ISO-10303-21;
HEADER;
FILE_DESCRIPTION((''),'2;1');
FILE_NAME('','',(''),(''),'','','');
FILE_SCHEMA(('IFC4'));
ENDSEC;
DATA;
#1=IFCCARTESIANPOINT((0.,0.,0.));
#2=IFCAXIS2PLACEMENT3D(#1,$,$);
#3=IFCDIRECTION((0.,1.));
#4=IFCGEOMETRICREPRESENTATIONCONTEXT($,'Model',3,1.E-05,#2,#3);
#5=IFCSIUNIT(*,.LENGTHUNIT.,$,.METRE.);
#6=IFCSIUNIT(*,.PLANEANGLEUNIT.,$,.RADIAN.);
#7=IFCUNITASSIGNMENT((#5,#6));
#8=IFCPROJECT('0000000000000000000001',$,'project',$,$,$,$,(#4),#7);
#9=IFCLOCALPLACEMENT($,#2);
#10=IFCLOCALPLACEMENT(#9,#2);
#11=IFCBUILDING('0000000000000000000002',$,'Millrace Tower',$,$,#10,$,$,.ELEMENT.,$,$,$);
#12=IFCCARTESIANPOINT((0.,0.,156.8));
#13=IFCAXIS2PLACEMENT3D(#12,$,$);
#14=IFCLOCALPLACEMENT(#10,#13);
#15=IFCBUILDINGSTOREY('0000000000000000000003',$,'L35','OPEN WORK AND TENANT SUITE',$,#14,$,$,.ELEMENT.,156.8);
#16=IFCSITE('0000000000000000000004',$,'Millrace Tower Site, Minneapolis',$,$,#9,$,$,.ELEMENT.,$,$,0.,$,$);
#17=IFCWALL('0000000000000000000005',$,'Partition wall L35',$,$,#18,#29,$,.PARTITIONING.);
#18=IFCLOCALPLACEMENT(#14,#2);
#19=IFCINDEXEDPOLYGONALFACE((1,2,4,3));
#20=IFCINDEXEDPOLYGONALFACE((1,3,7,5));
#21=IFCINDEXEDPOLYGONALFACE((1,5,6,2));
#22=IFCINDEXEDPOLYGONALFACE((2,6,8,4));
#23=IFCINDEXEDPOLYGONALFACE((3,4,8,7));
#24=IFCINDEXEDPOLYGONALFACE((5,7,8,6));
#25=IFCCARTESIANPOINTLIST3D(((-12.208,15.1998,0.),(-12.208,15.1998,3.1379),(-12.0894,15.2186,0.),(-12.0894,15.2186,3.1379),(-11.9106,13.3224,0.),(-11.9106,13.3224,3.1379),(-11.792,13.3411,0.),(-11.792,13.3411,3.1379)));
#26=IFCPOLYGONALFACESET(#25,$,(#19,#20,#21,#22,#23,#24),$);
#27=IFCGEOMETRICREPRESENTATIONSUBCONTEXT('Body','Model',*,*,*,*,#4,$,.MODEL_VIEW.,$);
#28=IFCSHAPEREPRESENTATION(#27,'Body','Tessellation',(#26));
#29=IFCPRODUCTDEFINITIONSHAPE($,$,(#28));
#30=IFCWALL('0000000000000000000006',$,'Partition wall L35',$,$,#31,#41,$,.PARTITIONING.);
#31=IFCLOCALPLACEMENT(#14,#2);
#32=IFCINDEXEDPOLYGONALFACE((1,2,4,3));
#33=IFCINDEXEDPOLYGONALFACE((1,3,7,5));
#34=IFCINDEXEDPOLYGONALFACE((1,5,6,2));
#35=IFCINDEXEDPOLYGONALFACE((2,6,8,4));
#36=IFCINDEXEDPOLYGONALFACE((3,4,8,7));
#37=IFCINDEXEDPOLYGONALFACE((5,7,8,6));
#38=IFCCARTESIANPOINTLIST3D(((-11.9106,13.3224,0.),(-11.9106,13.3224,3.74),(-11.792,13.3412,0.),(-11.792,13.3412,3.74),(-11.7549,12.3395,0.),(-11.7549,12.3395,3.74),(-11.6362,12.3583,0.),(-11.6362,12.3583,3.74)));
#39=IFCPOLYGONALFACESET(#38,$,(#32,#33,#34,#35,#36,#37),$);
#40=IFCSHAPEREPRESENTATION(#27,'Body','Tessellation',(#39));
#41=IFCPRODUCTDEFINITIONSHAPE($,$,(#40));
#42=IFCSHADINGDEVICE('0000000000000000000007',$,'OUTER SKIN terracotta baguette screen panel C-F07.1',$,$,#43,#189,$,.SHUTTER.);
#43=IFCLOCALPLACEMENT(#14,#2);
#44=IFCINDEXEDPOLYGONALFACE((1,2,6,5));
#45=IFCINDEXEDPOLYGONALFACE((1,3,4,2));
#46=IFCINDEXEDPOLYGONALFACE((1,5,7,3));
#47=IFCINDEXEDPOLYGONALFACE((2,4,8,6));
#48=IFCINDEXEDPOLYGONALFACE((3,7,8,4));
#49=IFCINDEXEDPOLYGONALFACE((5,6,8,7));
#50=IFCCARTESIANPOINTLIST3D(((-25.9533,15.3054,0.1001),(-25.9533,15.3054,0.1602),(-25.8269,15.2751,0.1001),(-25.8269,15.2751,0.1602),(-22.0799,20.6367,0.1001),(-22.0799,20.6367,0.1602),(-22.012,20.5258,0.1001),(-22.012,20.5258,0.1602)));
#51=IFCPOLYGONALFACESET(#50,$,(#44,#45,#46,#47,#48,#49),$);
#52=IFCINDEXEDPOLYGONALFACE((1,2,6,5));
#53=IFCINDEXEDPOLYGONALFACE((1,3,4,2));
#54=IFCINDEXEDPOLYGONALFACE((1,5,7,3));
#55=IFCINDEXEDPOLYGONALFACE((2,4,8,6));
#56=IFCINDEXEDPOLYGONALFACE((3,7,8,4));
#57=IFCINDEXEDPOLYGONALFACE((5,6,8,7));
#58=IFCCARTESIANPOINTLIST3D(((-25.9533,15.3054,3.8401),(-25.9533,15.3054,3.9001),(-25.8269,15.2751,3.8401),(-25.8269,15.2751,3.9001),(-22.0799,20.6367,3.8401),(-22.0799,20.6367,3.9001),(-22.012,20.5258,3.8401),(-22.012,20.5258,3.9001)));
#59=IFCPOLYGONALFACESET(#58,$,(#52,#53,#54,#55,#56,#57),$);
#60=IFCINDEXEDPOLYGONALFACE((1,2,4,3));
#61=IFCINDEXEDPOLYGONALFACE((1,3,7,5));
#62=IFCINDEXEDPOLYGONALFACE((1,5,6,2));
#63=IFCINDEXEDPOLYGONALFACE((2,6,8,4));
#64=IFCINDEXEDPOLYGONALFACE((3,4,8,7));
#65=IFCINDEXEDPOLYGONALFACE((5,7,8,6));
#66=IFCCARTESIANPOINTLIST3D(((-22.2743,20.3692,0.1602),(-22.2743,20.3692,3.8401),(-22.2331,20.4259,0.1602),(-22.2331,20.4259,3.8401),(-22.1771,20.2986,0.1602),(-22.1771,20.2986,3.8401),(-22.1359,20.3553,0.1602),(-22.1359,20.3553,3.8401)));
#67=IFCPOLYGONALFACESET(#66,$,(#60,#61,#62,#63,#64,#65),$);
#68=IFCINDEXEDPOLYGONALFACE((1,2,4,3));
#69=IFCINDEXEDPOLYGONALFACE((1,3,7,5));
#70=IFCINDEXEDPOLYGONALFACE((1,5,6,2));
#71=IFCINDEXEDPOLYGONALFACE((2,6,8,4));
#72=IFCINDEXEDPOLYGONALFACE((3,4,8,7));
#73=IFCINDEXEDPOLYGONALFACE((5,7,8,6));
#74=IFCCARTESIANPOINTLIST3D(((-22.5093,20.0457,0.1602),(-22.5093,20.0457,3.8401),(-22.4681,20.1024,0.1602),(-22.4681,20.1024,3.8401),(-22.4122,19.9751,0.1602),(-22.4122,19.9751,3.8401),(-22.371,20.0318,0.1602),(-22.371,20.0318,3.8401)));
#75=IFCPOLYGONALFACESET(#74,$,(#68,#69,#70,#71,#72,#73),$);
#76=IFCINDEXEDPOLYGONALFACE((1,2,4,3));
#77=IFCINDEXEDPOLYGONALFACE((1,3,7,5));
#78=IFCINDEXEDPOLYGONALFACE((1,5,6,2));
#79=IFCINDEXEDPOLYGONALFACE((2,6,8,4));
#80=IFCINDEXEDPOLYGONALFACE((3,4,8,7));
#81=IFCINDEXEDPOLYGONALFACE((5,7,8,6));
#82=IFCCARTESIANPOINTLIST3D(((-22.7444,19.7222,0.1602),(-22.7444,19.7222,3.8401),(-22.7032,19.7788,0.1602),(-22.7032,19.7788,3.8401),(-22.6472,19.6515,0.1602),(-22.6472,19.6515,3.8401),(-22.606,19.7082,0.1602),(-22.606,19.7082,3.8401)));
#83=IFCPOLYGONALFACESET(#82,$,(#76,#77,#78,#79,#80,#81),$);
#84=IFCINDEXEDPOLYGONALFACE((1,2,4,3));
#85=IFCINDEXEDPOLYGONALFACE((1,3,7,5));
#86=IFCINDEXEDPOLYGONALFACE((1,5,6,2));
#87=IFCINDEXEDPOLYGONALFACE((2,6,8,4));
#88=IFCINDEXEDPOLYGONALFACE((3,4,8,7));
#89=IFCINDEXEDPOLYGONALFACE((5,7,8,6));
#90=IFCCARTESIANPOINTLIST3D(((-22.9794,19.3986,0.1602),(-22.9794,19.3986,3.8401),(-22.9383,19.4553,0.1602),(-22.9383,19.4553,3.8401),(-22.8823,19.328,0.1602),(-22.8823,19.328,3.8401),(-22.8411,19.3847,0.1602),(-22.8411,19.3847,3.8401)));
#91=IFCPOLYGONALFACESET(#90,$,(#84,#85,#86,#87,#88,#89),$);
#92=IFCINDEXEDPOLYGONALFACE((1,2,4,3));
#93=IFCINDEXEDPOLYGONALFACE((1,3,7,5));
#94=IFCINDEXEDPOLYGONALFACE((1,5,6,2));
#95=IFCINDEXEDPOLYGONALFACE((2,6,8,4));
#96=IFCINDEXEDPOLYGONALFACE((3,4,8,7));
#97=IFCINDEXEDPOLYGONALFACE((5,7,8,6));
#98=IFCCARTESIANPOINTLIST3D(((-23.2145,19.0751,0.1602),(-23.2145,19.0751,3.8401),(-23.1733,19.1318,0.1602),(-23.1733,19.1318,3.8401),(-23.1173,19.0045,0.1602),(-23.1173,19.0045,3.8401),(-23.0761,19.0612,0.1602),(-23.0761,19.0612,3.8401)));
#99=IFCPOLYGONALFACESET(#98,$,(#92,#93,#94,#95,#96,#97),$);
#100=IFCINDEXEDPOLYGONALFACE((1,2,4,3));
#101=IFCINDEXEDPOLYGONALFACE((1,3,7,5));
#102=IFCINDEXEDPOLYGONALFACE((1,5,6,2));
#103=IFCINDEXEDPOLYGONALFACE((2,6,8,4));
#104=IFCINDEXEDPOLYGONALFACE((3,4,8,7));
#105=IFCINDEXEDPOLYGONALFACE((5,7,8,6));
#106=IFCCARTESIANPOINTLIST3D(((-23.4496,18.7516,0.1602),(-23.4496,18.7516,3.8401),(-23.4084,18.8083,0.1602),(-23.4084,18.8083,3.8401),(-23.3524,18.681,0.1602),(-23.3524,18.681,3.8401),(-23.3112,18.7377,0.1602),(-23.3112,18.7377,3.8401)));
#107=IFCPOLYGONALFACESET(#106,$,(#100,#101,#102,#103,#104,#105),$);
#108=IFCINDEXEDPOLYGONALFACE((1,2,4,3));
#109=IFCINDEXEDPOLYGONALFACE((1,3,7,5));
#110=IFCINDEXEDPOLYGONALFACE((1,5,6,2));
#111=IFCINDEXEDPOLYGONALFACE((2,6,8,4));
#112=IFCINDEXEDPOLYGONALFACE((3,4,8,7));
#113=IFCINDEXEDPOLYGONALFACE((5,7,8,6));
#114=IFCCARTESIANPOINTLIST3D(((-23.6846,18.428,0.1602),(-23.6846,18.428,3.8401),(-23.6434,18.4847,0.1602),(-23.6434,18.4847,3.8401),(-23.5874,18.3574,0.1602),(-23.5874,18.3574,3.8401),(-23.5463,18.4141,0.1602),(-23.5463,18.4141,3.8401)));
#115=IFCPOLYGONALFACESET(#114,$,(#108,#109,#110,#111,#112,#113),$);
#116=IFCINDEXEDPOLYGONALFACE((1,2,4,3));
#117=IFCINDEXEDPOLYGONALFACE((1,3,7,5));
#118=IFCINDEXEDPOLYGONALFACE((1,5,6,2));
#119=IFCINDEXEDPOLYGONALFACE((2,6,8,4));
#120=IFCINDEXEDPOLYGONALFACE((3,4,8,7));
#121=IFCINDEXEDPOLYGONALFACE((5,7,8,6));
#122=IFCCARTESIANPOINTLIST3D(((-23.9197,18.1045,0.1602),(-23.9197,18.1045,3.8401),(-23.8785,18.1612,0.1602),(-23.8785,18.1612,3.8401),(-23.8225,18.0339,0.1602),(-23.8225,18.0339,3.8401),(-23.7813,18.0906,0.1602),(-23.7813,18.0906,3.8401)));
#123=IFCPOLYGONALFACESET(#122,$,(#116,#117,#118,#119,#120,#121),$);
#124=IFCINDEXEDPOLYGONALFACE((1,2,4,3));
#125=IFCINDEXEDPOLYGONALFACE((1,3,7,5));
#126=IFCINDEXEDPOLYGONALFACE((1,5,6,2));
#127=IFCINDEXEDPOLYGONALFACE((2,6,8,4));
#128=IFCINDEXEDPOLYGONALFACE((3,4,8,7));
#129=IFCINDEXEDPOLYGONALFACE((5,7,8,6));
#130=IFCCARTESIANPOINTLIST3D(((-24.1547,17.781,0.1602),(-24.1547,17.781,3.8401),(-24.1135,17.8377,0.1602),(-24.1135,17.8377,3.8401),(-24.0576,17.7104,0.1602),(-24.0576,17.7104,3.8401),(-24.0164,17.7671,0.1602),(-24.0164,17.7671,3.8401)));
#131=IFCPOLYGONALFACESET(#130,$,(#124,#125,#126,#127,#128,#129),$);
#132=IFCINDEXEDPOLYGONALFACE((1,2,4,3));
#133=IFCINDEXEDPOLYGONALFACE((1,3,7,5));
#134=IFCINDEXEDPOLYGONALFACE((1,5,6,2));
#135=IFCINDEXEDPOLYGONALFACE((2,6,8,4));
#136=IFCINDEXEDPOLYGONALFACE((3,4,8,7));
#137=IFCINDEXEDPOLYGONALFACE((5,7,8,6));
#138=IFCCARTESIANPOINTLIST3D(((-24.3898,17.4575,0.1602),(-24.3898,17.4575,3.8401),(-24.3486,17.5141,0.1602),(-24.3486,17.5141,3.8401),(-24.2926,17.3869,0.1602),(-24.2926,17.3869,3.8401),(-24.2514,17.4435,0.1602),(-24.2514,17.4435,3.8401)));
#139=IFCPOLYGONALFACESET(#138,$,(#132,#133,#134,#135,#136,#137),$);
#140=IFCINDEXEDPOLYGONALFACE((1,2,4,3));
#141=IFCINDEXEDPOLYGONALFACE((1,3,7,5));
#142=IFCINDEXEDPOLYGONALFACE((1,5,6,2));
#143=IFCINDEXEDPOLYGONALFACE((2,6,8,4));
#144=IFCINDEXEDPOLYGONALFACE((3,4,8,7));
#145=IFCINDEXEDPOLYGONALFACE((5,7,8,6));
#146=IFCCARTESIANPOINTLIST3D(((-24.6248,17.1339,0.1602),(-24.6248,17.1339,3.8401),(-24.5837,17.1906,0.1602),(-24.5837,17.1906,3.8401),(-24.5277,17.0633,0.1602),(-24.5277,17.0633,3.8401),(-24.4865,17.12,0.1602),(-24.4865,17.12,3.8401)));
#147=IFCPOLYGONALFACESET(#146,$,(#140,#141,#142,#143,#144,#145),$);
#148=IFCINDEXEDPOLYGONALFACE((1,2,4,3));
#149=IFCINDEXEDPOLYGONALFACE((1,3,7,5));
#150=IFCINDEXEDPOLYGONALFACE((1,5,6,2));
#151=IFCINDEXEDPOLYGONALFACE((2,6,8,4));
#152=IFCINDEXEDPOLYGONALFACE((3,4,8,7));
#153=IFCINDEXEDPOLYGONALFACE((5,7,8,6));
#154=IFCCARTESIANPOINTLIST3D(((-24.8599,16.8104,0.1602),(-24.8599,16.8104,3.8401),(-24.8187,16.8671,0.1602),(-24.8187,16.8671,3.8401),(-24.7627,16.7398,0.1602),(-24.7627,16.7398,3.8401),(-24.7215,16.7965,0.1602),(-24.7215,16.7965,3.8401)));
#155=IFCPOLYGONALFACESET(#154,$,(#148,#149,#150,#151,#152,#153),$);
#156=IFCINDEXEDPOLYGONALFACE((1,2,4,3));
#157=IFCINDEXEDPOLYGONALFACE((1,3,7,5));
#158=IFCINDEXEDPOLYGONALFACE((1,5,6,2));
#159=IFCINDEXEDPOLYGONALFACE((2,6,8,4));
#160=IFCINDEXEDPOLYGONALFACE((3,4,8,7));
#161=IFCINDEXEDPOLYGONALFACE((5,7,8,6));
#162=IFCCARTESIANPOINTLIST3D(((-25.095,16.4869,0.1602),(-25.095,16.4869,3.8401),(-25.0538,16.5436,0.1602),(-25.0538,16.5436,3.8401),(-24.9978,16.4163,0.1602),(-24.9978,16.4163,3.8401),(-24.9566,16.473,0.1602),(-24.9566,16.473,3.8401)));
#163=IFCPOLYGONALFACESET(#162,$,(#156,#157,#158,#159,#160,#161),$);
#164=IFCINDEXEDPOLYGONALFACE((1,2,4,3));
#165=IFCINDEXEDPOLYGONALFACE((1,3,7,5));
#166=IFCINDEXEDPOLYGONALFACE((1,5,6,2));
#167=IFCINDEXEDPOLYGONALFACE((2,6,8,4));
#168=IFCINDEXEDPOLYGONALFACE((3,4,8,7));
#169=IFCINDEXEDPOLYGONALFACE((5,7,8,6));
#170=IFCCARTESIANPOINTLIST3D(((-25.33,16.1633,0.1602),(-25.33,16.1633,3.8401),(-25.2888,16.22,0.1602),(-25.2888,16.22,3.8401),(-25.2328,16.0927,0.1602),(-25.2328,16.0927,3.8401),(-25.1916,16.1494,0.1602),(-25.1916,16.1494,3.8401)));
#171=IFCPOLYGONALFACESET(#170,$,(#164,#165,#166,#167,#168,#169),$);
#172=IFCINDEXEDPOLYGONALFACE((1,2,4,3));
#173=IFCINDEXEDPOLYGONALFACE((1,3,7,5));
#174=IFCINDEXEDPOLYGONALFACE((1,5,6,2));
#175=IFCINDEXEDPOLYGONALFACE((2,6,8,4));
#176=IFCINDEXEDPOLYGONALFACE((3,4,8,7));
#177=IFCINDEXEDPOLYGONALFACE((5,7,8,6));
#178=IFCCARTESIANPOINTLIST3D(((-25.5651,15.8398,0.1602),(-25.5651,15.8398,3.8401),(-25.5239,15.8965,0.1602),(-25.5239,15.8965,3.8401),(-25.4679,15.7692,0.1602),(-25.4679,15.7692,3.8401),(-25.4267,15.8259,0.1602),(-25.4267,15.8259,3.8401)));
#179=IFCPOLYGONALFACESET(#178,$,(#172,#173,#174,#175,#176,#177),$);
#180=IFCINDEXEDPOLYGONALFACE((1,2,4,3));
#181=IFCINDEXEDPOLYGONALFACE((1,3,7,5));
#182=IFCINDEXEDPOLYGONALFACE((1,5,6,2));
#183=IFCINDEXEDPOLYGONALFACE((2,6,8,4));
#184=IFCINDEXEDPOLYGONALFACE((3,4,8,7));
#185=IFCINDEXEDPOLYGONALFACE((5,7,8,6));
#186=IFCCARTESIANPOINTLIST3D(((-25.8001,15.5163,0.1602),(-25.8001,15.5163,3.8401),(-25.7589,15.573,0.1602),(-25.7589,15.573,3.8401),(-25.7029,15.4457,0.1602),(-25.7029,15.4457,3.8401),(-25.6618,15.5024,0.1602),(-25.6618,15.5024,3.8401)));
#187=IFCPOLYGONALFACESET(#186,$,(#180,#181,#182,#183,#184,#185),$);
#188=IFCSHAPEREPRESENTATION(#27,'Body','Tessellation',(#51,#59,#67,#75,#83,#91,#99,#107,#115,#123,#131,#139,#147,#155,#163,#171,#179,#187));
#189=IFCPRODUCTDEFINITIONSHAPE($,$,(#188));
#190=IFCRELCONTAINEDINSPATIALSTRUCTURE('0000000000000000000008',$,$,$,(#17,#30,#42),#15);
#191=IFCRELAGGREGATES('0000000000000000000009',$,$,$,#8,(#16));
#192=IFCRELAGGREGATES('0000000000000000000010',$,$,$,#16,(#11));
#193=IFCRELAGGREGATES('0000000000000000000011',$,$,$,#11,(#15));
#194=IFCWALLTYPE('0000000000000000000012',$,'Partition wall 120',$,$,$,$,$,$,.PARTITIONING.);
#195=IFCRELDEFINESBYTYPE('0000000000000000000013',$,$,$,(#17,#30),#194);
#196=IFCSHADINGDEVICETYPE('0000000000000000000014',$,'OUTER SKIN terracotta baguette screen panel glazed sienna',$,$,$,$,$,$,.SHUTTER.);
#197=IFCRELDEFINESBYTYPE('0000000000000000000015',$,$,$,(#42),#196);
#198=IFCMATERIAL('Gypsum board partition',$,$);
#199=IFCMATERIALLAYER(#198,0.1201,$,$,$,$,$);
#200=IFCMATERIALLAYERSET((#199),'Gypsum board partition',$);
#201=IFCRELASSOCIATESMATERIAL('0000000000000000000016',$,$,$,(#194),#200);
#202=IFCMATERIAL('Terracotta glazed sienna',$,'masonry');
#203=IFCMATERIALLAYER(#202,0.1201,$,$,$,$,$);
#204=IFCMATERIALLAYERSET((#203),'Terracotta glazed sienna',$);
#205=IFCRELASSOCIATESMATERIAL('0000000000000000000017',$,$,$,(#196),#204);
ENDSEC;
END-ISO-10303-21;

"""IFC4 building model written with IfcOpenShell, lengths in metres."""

from ifc_helpers import new_model, entity, si_unit, direction, frame, frame_2d, origin, place, context, subcontext, project, spatial, rectangle, extrude, source, transform, mapped, material, layer, layer_set, type_object, element, save


model = new_model("IFC4")

# Units and contexts
model_context = context("Model", 3, precision=1e-05, world=origin(), true_north=direction((0.0, 1.0)))
body_context = subcontext(model_context, "Body", "Model", "MODEL_VIEW")
ifc_project = project(units=[si_unit("LENGTHUNIT", "METRE"), si_unit("PLANEANGLEUNIT", "RADIAN")], contexts=[model_context])

# Site, building, storey
site_placement = place(None, origin())
site = spatial("IfcSite", under=ifc_project, at=site_placement, Name="Millrace Tower Site, Minneapolis", CompositionType="ELEMENT", RefElevation=0.0)
building_placement = place(site_placement, origin())
building = spatial("IfcBuilding", under=site, at=building_placement, Name="Millrace Tower", CompositionType="ELEMENT")
storey_placement = place(building_placement, frame((0.0, 0.0, 156.8)))
storey = spatial("IfcBuildingStorey", under=building, at=storey_placement, Name="L35", Description="OPEN WORK AND TENANT SUITE", CompositionType="ELEMENT", Elevation=156.8)

# Walls
ifc_material_1 = material(Name="Gypsum board partition")
ifc_layer_1 = layer(ifc_material_1, 0.1201)
ifc_layer_set_1 = layer_set([ifc_layer_1], Name="Gypsum board partition")
wall_type_1 = type_object("IfcWallType", Name="Partition wall 120", PredefinedType="PARTITIONING", material=ifc_layer_set_1)
wall_1_placement = place(storey_placement, frame((-12.1487, 15.2092, 0.0), z_axis=(0.0, 0.0, 1.0), x_axis=(0.156437, -0.987688, 0.0)))
element("IfcWall", 1, at=wall_1_placement, inside=storey, type_object=wall_type_1, Name="Partition wall L35", PredefinedType="PARTITIONING", context=body_context, shape_type="SweptSolid", body=[
    extrude(rectangle(XDim=1.9009, YDim=0.1201, at=frame_2d((0.9504, 0.0))), origin(), (0.0, 0.0, 1.0), 3.1379),
])
wall_2_placement = place(storey_placement, frame((-11.8513, 13.3318, 0.0), z_axis=(0.0, 0.0, 1.0), x_axis=(0.156517, -0.987675, 0.0)))
element("IfcWall", 2, at=wall_2_placement, inside=storey, type_object=wall_type_1, Name="Partition wall L35", PredefinedType="PARTITIONING", context=body_context, shape_type="SweptSolid", body=[
    extrude(rectangle(XDim=0.9951, YDim=0.1201, at=frame_2d((0.4976, 0.0))), origin(), (0.0, 0.0, 1.0), 3.74),
])

# Shading device
ifc_material_2 = material(Name="Terracotta glazed sienna", Category="masonry")
ifc_layer_2 = layer(ifc_material_2, 0.1201)
ifc_layer_set_2 = layer_set([ifc_layer_2], Name="Terracotta glazed sienna")
shading_device_type = type_object("IfcShadingDeviceType", Name="OUTER SKIN terracotta baguette screen panel glazed sienna", PredefinedType="SHUTTER", material=ifc_layer_set_2)
cartesian_point_1 = entity("IfcCartesianPoint", [-3.2451, 0.0601])
shared_polyline_1 = entity("IfcPolyline", [cartesian_point_1, entity("IfcCartesianPoint", [3.2451, 0.0601]), entity("IfcCartesianPoint", [3.2949, -0.0601]), entity("IfcCartesianPoint", [-3.2949, -0.0601]), cartesian_point_1])
shared_shape_1 = source(origin(), body_context, "Body", "SweptSolid", [
    entity("IfcExtrudedAreaSolid", entity("IfcArbitraryClosedProfileDef", "AREA", None, shared_polyline_1), entity("IfcAxis2Placement3D", entity("IfcCartesianPoint", [0.0, 0.0, 0.0])), entity("IfcDirection", [0.0, 0.0, 1.0]), 0.0601),
    entity("IfcExtrudedAreaSolid", entity("IfcArbitraryClosedProfileDef", "AREA", None, shared_polyline_1), entity("IfcAxis2Placement3D", entity("IfcCartesianPoint", [0.0, 0.0, 3.74])), entity("IfcDirection", [0.0, 0.0, 1.0]), 0.0601),
    extrude(rectangle(XDim=0.0701, YDim=0.1201, at=frame_2d((-2.9993, 0.0))), frame((0.0, 0.0, 0.0601)), (0.0, 0.0, 1.0), 3.6799),
    extrude(rectangle(XDim=0.0701, YDim=0.1201, at=frame_2d((-2.5994, 0.0))), frame((0.0, 0.0, 0.0601)), (0.0, 0.0, 1.0), 3.6799),
    extrude(rectangle(XDim=0.0701, YDim=0.1201, at=frame_2d((-2.1995, 0.0))), frame((0.0, 0.0, 0.0601)), (0.0, 0.0, 1.0), 3.6799),
    extrude(rectangle(XDim=0.0701, YDim=0.1201, at=frame_2d((-1.7996, 0.0))), frame((0.0, 0.0, 0.0601)), (0.0, 0.0, 1.0), 3.6799),
    extrude(rectangle(XDim=0.0701, YDim=0.1201, at=frame_2d((-1.3997, 0.0))), frame((0.0, 0.0, 0.0601)), (0.0, 0.0, 1.0), 3.6799),
    extrude(rectangle(XDim=0.0701, YDim=0.1201, at=frame_2d((-0.9998, 0.0))), frame((0.0, 0.0, 0.0601)), (0.0, 0.0, 1.0), 3.6799),
    extrude(rectangle(XDim=0.0701, YDim=0.1201, at=frame_2d((-0.5999, 0.0))), frame((0.0, 0.0, 0.0601)), (0.0, 0.0, 1.0), 3.6799),
    extrude(rectangle(XDim=0.0701, YDim=0.1201, at=frame_2d((-0.2, 0.0))), frame((0.0, 0.0, 0.0601)), (0.0, 0.0, 1.0), 3.6799),
    extrude(rectangle(XDim=0.0701, YDim=0.1201, at=frame_2d((0.2, 0.0))), frame((0.0, 0.0, 0.0601)), (0.0, 0.0, 1.0), 3.6799),
    extrude(rectangle(XDim=0.0701, YDim=0.1201, at=frame_2d((0.5999, 0.0))), frame((0.0, 0.0, 0.0601)), (0.0, 0.0, 1.0), 3.6799),
    extrude(rectangle(XDim=0.0701, YDim=0.1201, at=frame_2d((0.9998, 0.0))), frame((0.0, 0.0, 0.0601)), (0.0, 0.0, 1.0), 3.6799),
    extrude(rectangle(XDim=0.0701, YDim=0.1201, at=frame_2d((1.3997, 0.0))), frame((0.0, 0.0, 0.0601)), (0.0, 0.0, 1.0), 3.6799),
    extrude(rectangle(XDim=0.0701, YDim=0.1201, at=frame_2d((1.7996, 0.0))), frame((0.0, 0.0, 0.0601)), (0.0, 0.0, 1.0), 3.6799),
    extrude(rectangle(XDim=0.0701, YDim=0.1201, at=frame_2d((2.1995, 0.0))), frame((0.0, 0.0, 0.0601)), (0.0, 0.0, 1.0), 3.6799),
    extrude(rectangle(XDim=0.0701, YDim=0.1201, at=frame_2d((2.5994, 0.0))), frame((0.0, 0.0, 0.0601)), (0.0, 0.0, 1.0), 3.6799),
    extrude(rectangle(XDim=0.0701, YDim=0.1201, at=frame_2d((2.9993, 0.0))), frame((0.0, 0.0, 0.0601)), (0.0, 0.0, 1.0), 3.6799),
])
shading_device_1_placement = place(storey_placement, frame((-23.968, 17.9358, 0.1001), z_axis=(0.0, 0.0, 1.0), x_axis=(-0.587785, -0.809017, 0.0)))
element("IfcShadingDevice", 3, at=shading_device_1_placement, inside=storey, type_object=shading_device_type, Name="OUTER SKIN terracotta baguette screen panel C-F07.1", PredefinedType="SHUTTER", context=body_context, shape_type="MappedRepresentation", body=[
    mapped(shared_shape_1, transform((0.0, 0.0, 0.0), scale=1.0)),
])

save(model, "model.ifc")
